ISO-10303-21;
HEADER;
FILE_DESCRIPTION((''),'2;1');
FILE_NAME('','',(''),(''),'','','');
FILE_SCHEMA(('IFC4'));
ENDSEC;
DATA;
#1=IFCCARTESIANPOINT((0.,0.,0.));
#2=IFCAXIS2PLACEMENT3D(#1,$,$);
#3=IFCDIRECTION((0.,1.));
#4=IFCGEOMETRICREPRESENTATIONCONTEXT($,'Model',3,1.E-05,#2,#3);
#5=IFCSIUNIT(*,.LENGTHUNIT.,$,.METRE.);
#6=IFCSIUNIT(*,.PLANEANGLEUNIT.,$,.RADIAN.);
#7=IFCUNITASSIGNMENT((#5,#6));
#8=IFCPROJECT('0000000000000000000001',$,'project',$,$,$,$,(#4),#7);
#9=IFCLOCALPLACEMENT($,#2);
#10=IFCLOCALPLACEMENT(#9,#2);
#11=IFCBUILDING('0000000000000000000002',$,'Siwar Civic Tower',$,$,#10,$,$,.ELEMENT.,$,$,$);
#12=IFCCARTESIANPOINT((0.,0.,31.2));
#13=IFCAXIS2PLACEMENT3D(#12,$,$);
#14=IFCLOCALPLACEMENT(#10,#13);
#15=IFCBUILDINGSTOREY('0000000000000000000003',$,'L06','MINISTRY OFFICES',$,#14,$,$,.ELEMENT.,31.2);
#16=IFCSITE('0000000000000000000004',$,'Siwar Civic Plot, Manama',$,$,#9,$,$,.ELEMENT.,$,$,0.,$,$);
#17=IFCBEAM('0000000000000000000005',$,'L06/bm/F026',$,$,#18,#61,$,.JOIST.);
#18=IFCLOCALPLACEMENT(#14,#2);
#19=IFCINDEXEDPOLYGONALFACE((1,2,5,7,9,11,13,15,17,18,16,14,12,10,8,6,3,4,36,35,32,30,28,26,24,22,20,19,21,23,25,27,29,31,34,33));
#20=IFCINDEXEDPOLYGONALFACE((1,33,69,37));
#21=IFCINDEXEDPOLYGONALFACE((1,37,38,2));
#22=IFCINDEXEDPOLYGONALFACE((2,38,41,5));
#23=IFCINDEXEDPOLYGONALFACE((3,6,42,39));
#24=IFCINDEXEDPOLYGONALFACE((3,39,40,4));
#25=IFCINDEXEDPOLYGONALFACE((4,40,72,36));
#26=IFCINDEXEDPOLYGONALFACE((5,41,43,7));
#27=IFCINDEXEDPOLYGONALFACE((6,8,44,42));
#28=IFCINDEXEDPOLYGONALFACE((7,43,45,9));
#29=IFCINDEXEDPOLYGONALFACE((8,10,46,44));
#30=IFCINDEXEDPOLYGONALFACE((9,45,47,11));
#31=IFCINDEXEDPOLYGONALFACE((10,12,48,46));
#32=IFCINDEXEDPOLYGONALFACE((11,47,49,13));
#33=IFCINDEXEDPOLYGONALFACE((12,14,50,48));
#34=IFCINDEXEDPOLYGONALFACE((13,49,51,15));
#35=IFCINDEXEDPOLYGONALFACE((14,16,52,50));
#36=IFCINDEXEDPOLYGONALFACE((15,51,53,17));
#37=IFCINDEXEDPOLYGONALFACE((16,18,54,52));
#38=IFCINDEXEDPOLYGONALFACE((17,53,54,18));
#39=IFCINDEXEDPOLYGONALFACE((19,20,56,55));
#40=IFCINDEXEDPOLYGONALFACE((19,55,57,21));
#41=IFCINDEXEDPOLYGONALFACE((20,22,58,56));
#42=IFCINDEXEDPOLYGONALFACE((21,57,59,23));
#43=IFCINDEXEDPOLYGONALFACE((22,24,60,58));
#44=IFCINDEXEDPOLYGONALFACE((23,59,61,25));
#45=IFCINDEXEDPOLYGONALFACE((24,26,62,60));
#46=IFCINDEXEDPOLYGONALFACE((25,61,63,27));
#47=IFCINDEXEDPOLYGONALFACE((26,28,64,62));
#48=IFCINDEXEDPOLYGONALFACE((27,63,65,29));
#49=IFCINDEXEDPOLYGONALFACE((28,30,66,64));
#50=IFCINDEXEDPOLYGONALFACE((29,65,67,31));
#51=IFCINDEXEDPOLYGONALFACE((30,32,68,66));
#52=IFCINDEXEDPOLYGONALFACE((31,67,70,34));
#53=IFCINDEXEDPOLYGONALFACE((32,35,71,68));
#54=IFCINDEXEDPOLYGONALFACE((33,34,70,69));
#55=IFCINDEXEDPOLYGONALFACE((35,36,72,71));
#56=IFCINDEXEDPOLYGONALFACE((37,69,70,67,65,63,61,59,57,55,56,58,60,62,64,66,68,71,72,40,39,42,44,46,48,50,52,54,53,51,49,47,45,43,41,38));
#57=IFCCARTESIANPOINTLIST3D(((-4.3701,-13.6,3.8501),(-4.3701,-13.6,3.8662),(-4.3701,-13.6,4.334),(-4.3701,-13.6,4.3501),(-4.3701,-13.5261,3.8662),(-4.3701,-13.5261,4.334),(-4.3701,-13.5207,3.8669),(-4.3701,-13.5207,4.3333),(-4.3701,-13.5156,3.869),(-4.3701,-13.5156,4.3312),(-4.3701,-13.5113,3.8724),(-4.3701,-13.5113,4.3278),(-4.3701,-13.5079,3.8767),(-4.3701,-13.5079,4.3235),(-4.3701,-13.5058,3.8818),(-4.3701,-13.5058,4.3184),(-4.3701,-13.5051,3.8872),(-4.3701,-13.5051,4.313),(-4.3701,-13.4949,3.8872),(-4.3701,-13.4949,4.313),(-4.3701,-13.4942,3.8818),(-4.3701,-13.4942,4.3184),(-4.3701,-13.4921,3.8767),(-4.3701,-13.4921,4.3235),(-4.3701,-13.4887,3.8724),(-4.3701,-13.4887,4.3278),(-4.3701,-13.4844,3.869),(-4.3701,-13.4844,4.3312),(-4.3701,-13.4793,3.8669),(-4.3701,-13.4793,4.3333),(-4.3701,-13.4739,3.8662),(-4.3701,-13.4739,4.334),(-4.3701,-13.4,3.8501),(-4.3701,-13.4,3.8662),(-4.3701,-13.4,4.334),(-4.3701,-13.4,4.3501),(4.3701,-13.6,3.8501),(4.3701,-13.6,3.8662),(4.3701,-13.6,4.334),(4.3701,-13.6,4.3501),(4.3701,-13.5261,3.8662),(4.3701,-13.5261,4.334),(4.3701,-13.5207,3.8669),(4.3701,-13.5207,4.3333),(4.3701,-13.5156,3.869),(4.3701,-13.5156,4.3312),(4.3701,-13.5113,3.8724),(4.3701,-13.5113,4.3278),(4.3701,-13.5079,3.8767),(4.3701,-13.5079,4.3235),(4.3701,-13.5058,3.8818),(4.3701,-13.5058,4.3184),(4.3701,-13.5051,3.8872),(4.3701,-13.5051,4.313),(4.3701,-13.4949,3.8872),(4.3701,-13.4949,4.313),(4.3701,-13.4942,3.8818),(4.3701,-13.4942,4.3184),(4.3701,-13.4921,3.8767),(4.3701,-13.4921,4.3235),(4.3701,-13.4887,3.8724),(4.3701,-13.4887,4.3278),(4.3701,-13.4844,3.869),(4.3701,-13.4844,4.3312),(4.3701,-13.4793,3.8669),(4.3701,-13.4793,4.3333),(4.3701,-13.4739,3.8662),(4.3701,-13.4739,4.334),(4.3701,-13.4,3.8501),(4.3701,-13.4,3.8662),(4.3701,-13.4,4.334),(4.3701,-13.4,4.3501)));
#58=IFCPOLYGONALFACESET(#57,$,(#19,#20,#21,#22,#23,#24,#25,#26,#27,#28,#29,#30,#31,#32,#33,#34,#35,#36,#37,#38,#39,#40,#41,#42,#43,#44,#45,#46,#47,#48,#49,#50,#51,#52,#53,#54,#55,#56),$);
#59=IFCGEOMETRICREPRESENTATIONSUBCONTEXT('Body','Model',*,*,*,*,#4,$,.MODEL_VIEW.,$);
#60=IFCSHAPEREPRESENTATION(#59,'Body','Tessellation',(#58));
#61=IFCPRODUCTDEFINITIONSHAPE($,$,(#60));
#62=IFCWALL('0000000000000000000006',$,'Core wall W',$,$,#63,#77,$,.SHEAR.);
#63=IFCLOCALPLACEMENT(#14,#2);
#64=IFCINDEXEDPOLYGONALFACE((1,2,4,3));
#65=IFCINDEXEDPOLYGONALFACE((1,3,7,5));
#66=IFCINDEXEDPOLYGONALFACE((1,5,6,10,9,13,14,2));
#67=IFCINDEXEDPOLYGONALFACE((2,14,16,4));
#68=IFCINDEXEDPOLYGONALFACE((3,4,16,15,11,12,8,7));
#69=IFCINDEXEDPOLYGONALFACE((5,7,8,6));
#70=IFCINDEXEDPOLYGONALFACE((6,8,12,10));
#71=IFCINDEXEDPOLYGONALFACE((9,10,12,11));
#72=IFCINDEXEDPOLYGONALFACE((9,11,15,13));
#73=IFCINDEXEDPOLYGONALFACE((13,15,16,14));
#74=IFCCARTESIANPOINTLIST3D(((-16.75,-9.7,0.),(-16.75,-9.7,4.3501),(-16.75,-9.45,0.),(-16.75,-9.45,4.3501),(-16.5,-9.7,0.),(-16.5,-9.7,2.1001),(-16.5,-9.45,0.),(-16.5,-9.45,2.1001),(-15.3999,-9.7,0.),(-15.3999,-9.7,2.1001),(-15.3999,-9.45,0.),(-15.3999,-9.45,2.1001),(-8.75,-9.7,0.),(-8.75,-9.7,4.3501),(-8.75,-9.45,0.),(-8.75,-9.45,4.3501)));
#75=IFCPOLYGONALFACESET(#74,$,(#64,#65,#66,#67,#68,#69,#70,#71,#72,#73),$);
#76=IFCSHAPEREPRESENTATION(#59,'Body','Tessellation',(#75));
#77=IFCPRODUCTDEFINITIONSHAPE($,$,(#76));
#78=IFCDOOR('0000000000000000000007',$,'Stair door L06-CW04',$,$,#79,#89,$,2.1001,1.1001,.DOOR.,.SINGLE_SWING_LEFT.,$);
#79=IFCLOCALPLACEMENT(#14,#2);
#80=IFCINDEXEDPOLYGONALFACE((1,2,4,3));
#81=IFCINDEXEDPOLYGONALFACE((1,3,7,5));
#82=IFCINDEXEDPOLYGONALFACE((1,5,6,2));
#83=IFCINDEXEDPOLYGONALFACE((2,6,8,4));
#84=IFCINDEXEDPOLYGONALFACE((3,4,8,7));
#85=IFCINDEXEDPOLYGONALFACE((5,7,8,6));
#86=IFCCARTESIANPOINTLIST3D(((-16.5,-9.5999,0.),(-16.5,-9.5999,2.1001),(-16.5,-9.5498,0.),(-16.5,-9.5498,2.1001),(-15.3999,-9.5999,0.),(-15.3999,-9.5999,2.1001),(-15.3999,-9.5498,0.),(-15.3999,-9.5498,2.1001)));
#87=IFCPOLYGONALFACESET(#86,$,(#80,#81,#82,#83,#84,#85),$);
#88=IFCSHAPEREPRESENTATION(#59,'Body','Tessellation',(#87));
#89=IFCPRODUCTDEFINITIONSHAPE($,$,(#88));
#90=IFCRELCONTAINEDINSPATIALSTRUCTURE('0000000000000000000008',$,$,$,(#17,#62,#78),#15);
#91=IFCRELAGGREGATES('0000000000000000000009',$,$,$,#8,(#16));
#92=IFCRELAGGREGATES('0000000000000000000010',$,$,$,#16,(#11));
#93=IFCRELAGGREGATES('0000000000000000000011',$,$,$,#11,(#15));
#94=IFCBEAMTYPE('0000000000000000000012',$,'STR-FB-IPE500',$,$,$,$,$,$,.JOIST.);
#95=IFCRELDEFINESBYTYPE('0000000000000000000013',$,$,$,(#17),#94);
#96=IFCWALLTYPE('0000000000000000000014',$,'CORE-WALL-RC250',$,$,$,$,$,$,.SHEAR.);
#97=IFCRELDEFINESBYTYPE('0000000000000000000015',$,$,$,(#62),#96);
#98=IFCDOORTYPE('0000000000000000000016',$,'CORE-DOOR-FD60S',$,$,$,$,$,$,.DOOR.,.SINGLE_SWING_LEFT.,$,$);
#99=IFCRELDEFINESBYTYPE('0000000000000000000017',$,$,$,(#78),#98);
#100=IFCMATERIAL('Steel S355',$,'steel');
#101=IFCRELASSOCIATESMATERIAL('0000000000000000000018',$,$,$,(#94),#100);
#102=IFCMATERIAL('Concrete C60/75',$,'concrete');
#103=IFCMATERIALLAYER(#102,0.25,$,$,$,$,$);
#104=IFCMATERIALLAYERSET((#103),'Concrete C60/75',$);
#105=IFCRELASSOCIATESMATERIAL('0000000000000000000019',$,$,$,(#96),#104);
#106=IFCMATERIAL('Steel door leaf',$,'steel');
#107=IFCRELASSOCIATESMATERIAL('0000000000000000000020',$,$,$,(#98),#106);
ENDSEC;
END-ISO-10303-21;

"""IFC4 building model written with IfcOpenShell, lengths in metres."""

from ifc_helpers import new_model, si_unit, direction, frame, frame_2d, origin, origin_2d, place, context, subcontext, project, spatial, rectangle, i_section, extrude, material, layer, layer_set, material_profile, profile_set, type_object, element, fill, save


model = new_model("IFC4")

# Units and contexts
model_context = context("Model", 3, precision=1e-05, world=origin(), true_north=direction((0.0, 1.0)))
body_context = subcontext(model_context, "Body", "Model", "MODEL_VIEW")
ifc_project = project(units=[si_unit("LENGTHUNIT", "METRE"), si_unit("PLANEANGLEUNIT", "RADIAN")], contexts=[model_context])

# Site, building, storey
site_placement = place(None, origin())
site = spatial("IfcSite", under=ifc_project, at=site_placement, Name="Siwar Civic Plot, Manama", CompositionType="ELEMENT", RefElevation=0.0)
building_placement = place(site_placement, origin())
building = spatial("IfcBuilding", under=site, at=building_placement, Name="Siwar Civic Tower", CompositionType="ELEMENT")
storey_placement = place(building_placement, frame((0.0, 0.0, 31.2)))
storey = spatial("IfcBuildingStorey", under=building, at=storey_placement, Name="L06", Description="MINISTRY OFFICES", CompositionType="ELEMENT", Elevation=31.2)

# Beam
ifc_material_1 = material(Name="Steel S355", Category="steel")
ifc_material_profile = material_profile(ifc_material_1, i_section(OverallWidth=0.2, OverallDepth=0.5, WebThickness=0.0103, FlangeThickness=0.0161, FilletRadius=0.021, at=origin_2d()), Name="IPE500")
ifc_profile_set = profile_set([ifc_material_profile], Name="Steel S355")
beam_type = type_object("IfcBeamType", Name="STR-FB-IPE500", PredefinedType="JOIST", material=ifc_profile_set)
beam_1_placement = place(storey_placement, frame((-4.3701, -13.5, 4.1001), z_axis=(1.0, 0.0, 0.0), x_axis=(0.0, 1.0, 0.0)))
element("IfcBeam", 1, at=beam_1_placement, inside=storey, type_object=beam_type, Name="L06/bm/F026", PredefinedType="JOIST", context=body_context, shape_type="SweptSolid", body=[
    extrude(i_section(OverallWidth=0.2, OverallDepth=0.5, WebThickness=0.0103, FlangeThickness=0.0161, FilletRadius=0.021, at=origin_2d()), origin(), (0.0, 0.0, 1.0), 8.7402),
])

# Wall, opening, door
ifc_material_2 = material(Name="Concrete C60/75", Category="concrete")
ifc_layer_1 = layer(ifc_material_2, 0.25)
ifc_layer_set_1 = layer_set([ifc_layer_1], Name="Concrete C60/75")
wall_type_1 = type_object("IfcWallType", Name="CORE-WALL-RC250", PredefinedType="SHEAR", material=ifc_layer_set_1)
wall_1_placement = place(storey_placement, frame((-8.75, -9.575, 0.0), z_axis=(0.0, 0.0, 1.0), x_axis=(-1.0, 0.0, 0.0)))
wall_1 = element("IfcWall", 2, at=wall_1_placement, inside=storey, type_object=wall_type_1, Name="Core wall W", PredefinedType="SHEAR", context=body_context, shape_type="SweptSolid", body=[
    extrude(rectangle(XDim=8.0, YDim=0.25, at=frame_2d((4.0, 0.0))), origin(), (0.0, 0.0, 1.0), 4.3501),
])
opening_1_placement = place(wall_1_placement, frame((6.6499, 0.0, 0.0)))
opening_1 = element("IfcOpeningElement", 3, at=opening_1_placement, cuts=wall_1, PredefinedType="OPENING", context=body_context, shape_type="SweptSolid", body=[
    extrude(rectangle(XDim=1.1001, YDim=2.1001, at=frame_2d((0.55, 1.05))), frame((0.0, 0.135, 0.0), z_axis=(0.0, -1.0, 0.0), x_axis=(1.0, 0.0, 0.0)), (0.0, 0.0, 1.0), 0.27),
])
ifc_material_3 = material(Name="Steel door leaf", Category="steel")
door_type_1 = type_object("IfcDoorType", Name="CORE-DOOR-FD60S", OperationType="SINGLE_SWING_LEFT", PredefinedType="DOOR", material=ifc_material_3)
door_1_placement = place(opening_1_placement, origin())
door_1 = element("IfcDoor", 4, at=door_1_placement, inside=storey, type_object=door_type_1, Name="Stair door L06-CW04", OperationType="SINGLE_SWING_LEFT", OverallHeight=2.1001, OverallWidth=1.1001, PredefinedType="DOOR", context=body_context, shape_type="SweptSolid", body=[
    extrude(rectangle(XDim=1.1001, YDim=2.1001, at=frame_2d((0.55, 1.05))), frame((0.0, 0.0249, 0.0), z_axis=(0.0, -1.0, 0.0), x_axis=(1.0, 0.0, 0.0)), (0.0, 0.0, 1.0), 0.05),
])
fill(opening_1, door_1)

save(model, "model.ifc")
